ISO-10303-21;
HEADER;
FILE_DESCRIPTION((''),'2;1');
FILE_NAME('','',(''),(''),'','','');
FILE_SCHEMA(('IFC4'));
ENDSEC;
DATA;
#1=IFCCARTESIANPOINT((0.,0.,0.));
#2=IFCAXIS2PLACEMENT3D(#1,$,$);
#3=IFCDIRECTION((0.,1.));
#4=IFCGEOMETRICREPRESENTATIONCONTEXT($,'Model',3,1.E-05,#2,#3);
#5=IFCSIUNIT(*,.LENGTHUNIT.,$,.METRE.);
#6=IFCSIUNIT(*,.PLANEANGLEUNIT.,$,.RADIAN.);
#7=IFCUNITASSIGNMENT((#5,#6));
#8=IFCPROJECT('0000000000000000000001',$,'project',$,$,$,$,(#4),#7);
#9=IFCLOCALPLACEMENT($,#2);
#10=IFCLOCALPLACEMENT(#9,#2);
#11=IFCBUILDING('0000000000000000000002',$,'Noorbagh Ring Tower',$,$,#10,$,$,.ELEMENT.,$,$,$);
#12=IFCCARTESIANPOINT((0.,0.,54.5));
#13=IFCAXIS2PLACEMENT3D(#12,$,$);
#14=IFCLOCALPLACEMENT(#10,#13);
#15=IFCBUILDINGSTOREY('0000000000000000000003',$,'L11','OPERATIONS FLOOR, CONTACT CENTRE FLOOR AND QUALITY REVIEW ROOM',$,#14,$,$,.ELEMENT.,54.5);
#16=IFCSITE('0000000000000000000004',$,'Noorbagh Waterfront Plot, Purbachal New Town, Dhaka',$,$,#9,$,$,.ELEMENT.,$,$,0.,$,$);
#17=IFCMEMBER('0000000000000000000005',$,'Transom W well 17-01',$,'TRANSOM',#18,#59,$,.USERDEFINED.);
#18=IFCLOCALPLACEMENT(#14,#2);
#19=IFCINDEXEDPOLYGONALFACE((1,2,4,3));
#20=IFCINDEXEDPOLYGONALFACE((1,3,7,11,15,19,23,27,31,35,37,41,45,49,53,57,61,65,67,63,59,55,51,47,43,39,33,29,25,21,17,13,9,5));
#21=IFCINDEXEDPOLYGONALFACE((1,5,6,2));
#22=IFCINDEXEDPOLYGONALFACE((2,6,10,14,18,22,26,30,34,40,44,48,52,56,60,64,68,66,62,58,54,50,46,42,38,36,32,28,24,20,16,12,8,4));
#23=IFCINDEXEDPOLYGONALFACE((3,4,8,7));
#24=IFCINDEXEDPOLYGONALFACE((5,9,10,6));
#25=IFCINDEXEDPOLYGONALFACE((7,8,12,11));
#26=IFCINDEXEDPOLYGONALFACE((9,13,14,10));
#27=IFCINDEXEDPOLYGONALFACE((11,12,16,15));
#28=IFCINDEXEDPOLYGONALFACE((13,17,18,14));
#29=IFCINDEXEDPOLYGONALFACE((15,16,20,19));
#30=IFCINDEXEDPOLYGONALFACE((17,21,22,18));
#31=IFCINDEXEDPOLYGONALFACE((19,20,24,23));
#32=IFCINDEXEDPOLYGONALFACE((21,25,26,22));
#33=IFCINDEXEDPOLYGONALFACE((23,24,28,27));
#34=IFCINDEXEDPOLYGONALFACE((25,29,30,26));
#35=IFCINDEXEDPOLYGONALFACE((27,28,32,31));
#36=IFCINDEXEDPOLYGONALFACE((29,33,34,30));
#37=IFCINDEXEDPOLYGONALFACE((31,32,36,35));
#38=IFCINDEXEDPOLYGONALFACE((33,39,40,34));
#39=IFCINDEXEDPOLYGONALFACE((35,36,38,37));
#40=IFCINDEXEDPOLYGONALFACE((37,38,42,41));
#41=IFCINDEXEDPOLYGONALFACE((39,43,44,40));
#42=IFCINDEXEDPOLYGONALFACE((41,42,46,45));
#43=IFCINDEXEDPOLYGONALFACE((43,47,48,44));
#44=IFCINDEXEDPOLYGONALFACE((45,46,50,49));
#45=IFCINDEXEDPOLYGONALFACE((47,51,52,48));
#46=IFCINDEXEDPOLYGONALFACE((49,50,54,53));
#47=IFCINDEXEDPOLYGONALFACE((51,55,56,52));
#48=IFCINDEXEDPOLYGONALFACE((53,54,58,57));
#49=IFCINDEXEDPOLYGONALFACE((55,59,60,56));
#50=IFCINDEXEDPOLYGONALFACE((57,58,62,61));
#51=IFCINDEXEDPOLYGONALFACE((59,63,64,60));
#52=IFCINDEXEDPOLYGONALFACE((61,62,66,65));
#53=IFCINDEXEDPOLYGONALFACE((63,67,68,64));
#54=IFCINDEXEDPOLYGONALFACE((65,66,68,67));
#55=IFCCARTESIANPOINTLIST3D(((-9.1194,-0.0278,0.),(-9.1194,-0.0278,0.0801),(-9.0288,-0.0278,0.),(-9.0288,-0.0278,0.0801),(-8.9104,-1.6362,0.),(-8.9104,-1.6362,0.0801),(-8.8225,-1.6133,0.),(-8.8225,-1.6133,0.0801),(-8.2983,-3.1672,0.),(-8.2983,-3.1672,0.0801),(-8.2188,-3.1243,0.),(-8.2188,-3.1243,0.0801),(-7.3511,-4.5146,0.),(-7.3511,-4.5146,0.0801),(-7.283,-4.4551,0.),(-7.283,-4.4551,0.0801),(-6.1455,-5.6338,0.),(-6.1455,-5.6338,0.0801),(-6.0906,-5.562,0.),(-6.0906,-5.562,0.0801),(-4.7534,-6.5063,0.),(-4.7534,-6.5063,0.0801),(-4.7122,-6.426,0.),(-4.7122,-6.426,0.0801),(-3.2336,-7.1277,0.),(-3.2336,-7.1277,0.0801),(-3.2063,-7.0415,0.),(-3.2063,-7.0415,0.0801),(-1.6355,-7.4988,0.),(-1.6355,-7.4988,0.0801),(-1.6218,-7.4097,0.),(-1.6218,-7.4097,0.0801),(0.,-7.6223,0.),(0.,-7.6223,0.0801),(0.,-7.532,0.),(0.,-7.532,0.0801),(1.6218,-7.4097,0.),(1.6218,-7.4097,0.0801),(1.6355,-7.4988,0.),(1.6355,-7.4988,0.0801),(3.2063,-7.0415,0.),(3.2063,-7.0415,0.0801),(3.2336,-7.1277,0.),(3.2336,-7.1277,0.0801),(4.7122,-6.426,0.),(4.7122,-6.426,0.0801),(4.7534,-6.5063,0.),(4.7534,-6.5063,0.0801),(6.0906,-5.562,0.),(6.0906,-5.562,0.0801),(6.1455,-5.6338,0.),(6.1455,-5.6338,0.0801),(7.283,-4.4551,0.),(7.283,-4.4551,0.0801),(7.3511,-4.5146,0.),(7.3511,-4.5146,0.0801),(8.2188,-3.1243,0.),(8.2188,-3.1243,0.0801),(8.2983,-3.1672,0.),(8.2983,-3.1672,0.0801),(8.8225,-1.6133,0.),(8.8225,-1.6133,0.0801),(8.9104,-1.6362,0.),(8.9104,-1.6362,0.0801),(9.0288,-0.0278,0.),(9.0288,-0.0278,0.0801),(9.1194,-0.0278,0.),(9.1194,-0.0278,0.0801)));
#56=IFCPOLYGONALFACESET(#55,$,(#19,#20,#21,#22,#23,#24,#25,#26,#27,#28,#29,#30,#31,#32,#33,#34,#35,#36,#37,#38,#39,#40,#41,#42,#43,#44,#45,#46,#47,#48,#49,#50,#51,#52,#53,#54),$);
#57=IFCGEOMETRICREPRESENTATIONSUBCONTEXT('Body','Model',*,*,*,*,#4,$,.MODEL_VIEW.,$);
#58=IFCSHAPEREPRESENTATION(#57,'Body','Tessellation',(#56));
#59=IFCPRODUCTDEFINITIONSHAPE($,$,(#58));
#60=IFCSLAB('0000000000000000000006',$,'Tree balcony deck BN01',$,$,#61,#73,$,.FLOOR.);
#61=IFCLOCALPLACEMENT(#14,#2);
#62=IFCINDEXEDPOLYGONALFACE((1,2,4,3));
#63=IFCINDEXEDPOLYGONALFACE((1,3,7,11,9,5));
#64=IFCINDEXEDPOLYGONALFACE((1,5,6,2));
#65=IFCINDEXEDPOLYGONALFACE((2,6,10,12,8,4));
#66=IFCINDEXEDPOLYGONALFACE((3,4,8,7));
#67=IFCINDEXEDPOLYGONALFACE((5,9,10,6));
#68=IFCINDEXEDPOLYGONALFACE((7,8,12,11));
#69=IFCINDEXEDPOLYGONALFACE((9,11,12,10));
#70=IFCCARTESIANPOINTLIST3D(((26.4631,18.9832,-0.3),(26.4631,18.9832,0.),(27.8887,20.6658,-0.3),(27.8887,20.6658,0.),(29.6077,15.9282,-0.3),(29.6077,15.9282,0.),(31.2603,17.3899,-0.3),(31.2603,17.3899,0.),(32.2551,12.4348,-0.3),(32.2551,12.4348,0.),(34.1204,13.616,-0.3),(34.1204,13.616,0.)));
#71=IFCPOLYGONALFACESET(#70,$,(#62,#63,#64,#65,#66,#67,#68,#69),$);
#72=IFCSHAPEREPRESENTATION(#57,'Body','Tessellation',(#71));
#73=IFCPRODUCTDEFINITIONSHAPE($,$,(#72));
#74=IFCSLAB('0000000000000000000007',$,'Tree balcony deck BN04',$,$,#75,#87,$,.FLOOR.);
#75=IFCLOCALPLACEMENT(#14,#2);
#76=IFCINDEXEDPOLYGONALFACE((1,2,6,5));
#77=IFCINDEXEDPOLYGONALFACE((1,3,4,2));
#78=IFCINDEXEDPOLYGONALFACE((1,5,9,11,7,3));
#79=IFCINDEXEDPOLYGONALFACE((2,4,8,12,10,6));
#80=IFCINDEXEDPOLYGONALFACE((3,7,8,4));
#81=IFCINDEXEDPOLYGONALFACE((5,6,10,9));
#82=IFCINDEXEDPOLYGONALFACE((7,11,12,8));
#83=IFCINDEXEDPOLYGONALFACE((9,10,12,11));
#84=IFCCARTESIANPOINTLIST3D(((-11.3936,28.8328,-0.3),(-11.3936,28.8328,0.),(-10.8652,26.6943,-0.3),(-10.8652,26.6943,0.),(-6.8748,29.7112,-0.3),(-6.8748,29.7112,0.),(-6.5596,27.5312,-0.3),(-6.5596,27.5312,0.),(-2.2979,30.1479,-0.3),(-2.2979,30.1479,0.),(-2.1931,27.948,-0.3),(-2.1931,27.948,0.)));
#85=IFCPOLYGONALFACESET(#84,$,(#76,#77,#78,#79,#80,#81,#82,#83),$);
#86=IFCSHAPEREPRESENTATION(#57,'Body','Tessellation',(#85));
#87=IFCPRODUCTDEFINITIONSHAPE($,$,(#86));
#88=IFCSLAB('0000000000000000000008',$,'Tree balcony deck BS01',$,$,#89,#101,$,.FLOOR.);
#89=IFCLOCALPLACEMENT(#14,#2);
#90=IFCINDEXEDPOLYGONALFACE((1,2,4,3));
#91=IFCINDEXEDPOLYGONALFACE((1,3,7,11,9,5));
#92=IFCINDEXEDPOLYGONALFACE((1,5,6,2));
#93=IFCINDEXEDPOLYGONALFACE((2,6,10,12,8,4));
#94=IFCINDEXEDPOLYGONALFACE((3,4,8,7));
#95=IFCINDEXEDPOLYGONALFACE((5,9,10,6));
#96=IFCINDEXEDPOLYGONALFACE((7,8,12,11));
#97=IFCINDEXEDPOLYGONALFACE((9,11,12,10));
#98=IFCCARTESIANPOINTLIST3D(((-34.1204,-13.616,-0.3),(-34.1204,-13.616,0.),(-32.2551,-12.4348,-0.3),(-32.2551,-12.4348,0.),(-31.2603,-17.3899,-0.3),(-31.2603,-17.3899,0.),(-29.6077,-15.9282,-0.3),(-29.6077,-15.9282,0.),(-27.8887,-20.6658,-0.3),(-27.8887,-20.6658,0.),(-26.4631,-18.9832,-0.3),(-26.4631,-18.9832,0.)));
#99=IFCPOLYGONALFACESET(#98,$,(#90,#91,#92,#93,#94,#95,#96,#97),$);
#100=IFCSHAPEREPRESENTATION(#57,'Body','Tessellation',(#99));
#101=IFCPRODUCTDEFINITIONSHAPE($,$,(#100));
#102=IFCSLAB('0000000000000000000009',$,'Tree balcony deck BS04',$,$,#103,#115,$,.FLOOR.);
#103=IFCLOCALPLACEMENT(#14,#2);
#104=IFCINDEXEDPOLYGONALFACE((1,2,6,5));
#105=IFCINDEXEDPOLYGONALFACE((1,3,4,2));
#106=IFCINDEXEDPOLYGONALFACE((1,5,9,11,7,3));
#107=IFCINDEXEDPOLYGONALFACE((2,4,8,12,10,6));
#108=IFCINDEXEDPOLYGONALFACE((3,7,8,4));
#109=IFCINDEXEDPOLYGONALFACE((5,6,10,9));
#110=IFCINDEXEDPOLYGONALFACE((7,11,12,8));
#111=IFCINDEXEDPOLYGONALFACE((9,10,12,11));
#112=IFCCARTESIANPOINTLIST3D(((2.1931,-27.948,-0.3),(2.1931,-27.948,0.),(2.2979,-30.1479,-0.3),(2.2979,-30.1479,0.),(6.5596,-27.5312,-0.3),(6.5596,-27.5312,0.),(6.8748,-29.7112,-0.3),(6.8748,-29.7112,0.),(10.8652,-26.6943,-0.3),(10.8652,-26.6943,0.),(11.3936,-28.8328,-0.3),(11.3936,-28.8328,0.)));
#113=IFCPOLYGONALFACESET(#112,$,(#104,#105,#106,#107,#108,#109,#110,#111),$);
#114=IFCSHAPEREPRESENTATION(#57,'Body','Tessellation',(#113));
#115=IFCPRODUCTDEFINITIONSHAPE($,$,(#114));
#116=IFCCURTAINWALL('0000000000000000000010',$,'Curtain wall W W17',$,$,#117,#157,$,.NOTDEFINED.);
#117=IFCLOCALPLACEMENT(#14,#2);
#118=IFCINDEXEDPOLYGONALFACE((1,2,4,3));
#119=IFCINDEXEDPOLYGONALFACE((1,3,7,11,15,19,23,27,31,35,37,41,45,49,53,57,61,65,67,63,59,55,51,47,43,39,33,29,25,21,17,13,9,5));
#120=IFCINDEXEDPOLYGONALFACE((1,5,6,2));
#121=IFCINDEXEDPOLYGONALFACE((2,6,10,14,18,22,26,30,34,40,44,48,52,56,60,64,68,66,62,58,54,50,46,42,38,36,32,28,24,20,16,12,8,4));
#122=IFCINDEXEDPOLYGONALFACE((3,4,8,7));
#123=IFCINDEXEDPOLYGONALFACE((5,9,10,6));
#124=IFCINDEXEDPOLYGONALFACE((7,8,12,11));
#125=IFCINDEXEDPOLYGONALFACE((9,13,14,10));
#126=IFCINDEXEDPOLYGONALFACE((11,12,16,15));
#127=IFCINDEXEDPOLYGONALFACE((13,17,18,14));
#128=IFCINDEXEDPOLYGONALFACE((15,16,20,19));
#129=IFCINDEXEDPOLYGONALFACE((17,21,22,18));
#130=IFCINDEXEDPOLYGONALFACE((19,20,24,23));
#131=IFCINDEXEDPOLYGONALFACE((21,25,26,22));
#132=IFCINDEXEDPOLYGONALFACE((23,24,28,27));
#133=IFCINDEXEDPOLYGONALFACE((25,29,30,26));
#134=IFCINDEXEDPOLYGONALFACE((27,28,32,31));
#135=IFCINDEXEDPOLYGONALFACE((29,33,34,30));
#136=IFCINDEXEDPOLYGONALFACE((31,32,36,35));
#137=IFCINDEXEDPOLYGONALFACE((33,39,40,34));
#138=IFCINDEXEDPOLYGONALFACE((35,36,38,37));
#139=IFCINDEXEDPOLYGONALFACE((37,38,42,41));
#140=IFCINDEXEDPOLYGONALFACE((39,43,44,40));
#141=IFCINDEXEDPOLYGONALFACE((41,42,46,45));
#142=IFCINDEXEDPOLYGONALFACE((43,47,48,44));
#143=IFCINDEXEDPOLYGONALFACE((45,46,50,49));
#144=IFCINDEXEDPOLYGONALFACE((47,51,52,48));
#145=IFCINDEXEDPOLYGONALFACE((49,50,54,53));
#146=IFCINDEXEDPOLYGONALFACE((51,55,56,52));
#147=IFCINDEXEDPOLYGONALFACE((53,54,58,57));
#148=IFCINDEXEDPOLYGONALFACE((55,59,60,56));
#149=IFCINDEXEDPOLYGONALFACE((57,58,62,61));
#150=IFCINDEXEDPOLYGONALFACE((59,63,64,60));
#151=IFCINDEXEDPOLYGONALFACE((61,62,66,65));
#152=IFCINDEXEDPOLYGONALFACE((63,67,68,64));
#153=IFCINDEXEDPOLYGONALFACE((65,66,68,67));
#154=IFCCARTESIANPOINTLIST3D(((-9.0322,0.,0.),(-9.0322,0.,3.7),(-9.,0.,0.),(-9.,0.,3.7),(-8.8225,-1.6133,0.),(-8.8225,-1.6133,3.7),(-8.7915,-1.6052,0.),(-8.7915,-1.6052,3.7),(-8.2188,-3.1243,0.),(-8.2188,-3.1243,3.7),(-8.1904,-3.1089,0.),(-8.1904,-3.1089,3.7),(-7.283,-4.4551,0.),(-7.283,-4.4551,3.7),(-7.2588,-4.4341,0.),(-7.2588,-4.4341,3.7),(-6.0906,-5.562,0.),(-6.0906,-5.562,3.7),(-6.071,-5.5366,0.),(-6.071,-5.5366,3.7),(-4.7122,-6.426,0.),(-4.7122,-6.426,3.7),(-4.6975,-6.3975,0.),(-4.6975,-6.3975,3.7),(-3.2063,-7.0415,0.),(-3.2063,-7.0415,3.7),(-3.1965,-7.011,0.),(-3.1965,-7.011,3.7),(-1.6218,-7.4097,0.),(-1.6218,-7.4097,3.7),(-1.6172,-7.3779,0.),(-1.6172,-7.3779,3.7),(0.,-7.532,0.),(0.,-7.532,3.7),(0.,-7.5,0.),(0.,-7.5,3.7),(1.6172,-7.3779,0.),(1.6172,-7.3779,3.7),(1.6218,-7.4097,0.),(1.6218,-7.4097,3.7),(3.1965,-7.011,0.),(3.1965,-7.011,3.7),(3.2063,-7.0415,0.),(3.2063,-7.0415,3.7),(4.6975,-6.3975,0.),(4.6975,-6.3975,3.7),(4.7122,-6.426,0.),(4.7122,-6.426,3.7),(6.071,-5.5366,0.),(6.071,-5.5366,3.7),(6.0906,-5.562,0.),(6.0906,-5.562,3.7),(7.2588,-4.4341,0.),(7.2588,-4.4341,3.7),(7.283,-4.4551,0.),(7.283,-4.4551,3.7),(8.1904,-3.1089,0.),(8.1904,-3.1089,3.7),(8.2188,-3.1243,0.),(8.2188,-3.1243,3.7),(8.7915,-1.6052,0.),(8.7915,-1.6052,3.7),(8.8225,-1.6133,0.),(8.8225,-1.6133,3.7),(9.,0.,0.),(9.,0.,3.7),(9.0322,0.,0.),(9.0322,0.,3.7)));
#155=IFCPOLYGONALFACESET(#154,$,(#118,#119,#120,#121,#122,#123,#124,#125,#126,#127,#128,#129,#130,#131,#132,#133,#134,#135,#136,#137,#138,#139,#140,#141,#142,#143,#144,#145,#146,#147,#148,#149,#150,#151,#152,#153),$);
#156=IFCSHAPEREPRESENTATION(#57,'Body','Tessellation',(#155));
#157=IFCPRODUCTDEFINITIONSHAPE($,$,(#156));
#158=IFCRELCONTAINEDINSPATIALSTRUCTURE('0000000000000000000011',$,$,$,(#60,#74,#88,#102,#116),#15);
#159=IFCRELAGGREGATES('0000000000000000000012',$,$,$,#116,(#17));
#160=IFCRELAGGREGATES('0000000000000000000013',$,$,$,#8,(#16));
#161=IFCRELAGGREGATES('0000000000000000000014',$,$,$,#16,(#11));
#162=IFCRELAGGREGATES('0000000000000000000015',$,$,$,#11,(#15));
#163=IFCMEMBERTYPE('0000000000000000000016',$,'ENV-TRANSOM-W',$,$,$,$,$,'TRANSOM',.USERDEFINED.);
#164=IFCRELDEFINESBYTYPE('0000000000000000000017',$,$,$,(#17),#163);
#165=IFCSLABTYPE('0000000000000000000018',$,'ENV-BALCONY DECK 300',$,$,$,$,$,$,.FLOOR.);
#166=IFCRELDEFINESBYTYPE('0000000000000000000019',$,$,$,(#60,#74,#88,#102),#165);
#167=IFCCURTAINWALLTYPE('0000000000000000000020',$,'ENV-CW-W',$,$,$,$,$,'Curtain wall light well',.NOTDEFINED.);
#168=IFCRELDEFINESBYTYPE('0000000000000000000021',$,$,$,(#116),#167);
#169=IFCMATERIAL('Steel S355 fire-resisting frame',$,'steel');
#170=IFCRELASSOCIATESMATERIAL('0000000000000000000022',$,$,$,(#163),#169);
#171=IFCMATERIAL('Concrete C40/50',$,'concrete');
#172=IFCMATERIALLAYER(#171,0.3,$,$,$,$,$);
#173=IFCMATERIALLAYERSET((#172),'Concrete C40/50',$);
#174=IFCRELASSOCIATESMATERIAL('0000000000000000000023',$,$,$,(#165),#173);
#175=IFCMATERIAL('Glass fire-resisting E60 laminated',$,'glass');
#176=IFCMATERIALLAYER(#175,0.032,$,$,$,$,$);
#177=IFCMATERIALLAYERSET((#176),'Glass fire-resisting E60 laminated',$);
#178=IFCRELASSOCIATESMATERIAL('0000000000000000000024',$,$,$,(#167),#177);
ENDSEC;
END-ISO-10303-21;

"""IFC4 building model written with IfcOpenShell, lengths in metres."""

from ifc_helpers import new_model, si_unit, direction, frame, origin, place, context, subcontext, project, spatial, polyline, outline, extrude, material, layer, layer_set, type_object, element, aggregate, save


model = new_model("IFC4")

# Units and contexts
model_context = context("Model", 3, precision=1e-05, world=origin(), true_north=direction((0.0, 1.0)))
body_context = subcontext(model_context, "Body", "Model", "MODEL_VIEW")
ifc_project = project(units=[si_unit("LENGTHUNIT", "METRE"), si_unit("PLANEANGLEUNIT", "RADIAN")], contexts=[model_context])

# Member
site_placement = place(None, origin())
building_placement = place(site_placement, origin())
storey_placement = place(building_placement, frame((0.0, 0.0, 54.5)))
ifc_material_1 = material(Name="Steel S355 fire-resisting frame", Category="steel")
member_type_1 = type_object("IfcMemberType", Name="ENV-TRANSOM-W", ElementType="TRANSOM", PredefinedType="USERDEFINED", material=ifc_material_1)
member_1_placement = place(storey_placement, origin())
member_1 = element("IfcMember", 1, at=member_1_placement, type_object=member_type_1, Name="Transom W well 17-01", ObjectType="TRANSOM", PredefinedType="USERDEFINED", context=body_context, shape_type="SweptSolid", body=[
    extrude(outline(polyline([(-9.1194, -0.0278), (-8.9104, -1.6362), (-8.2983, -3.1672), (-7.3511, -4.5146), (-6.1455, -5.6338), (-4.7534, -6.5063), (-3.2336, -7.1277), (-1.6355, -7.4988), (0.0, -7.6223), (1.6355, -7.4988), (3.2336, -7.1277), (4.7534, -6.5063), (6.1455, -5.6338), (7.3511, -4.5146), (8.2983, -3.1672), (8.9104, -1.6362), (9.1194, -0.0278), (9.0288, -0.0278), (8.8225, -1.6133), (8.2188, -3.1243), (7.283, -4.4551), (6.0906, -5.562), (4.7122, -6.426), (3.2063, -7.0415), (1.6218, -7.4097), (0.0, -7.532), (-1.6218, -7.4097), (-3.2063, -7.0415), (-4.7122, -6.426), (-6.0906, -5.562), (-7.283, -4.4551), (-8.2188, -3.1243), (-8.8225, -1.6133), (-9.0288, -0.0278), (-9.1194, -0.0278)])), origin(), (0.0, 0.0, 1.0), 0.0801),
])

# Site, building, storey
site = spatial("IfcSite", under=ifc_project, at=site_placement, Name="Noorbagh Waterfront Plot, Purbachal New Town, Dhaka", CompositionType="ELEMENT", RefElevation=0.0)
building = spatial("IfcBuilding", under=site, at=building_placement, Name="Noorbagh Ring Tower", CompositionType="ELEMENT")
storey = spatial("IfcBuildingStorey", under=building, at=storey_placement, Name="L11", Description="OPERATIONS FLOOR, CONTACT CENTRE FLOOR AND QUALITY REVIEW ROOM", CompositionType="ELEMENT", Elevation=54.5)

# Slabs
ifc_material_2 = material(Name="Concrete C40/50", Category="concrete")
ifc_layer_1 = layer(ifc_material_2, 0.3)
ifc_layer_set_1 = layer_set([ifc_layer_1], Name="Concrete C40/50")
slab_type = type_object("IfcSlabType", Name="ENV-BALCONY DECK 300", PredefinedType="FLOOR", material=ifc_layer_set_1)
slab_1_placement = place(storey_placement, frame((0.0, 0.0, -0.3)))
element("IfcSlab", 2, at=slab_1_placement, inside=storey, type_object=slab_type, Name="Tree balcony deck BN01", PredefinedType="FLOOR", context=body_context, shape_type="SweptSolid", body=[
    extrude(outline(polyline([(34.1204, 13.616), (31.2603, 17.3899), (27.8887, 20.6658), (26.4631, 18.9832), (29.6077, 15.9282), (32.2551, 12.4348), (34.1204, 13.616)])), origin(), (0.0, 0.0, 1.0), 0.3),
])
slab_2_placement = place(storey_placement, frame((0.0, 0.0, -0.3)))
element("IfcSlab", 3, at=slab_2_placement, inside=storey, type_object=slab_type, Name="Tree balcony deck BN04", PredefinedType="FLOOR", context=body_context, shape_type="SweptSolid", body=[
    extrude(outline(polyline([(-2.2979, 30.1479), (-6.8748, 29.7112), (-11.3936, 28.8328), (-10.8652, 26.6943), (-6.5596, 27.5312), (-2.1931, 27.948), (-2.2979, 30.1479)])), origin(), (0.0, 0.0, 1.0), 0.3),
])
slab_3_placement = place(storey_placement, frame((0.0, 0.0, -0.3)))
element("IfcSlab", 4, at=slab_3_placement, inside=storey, type_object=slab_type, Name="Tree balcony deck BS01", PredefinedType="FLOOR", context=body_context, shape_type="SweptSolid", body=[
    extrude(outline(polyline([(-34.1204, -13.616), (-31.2603, -17.3899), (-27.8887, -20.6658), (-26.4631, -18.9832), (-29.6077, -15.9282), (-32.2551, -12.4348), (-34.1204, -13.616)])), origin(), (0.0, 0.0, 1.0), 0.3),
])
slab_4_placement = place(storey_placement, frame((0.0, 0.0, -0.3)))
element("IfcSlab", 5, at=slab_4_placement, inside=storey, type_object=slab_type, Name="Tree balcony deck BS04", PredefinedType="FLOOR", context=body_context, shape_type="SweptSolid", body=[
    extrude(outline(polyline([(2.2979, -30.1479), (6.8748, -29.7112), (11.3936, -28.8328), (10.8652, -26.6943), (6.5596, -27.5312), (2.1931, -27.948), (2.2979, -30.1479)])), origin(), (0.0, 0.0, 1.0), 0.3),
])

# Curtain wall
ifc_material_3 = material(Name="Glass fire-resisting E60 laminated", Category="glass")
ifc_layer_2 = layer(ifc_material_3, 0.032)
ifc_layer_set_2 = layer_set([ifc_layer_2], Name="Glass fire-resisting E60 laminated")
curtain_wall_type_1 = type_object("IfcCurtainWallType", Name="ENV-CW-W", ElementType="Curtain wall light well", PredefinedType="NOTDEFINED", material=ifc_layer_set_2)
curtain_wall_1_placement = place(storey_placement, origin())
curtain_wall_1 = element("IfcCurtainWall", 6, at=curtain_wall_1_placement, inside=storey, type_object=curtain_wall_type_1, Name="Curtain wall W W17", PredefinedType="NOTDEFINED", context=body_context, shape_type="SweptSolid", body=[
    extrude(outline(polyline([(-9.0322, 0.0), (-8.8225, -1.6133), (-8.2188, -3.1243), (-7.283, -4.4551), (-6.0906, -5.562), (-4.7122, -6.426), (-3.2063, -7.0415), (-1.6218, -7.4097), (0.0, -7.532), (1.6218, -7.4097), (3.2063, -7.0415), (4.7122, -6.426), (6.0906, -5.562), (7.283, -4.4551), (8.2188, -3.1243), (8.8225, -1.6133), (9.0322, 0.0), (9.0, 0.0), (8.7915, -1.6052), (8.1904, -3.1089), (7.2588, -4.4341), (6.071, -5.5366), (4.6975, -6.3975), (3.1965, -7.011), (1.6172, -7.3779), (0.0, -7.5), (-1.6172, -7.3779), (-3.1965, -7.011), (-4.6975, -6.3975), (-6.071, -5.5366), (-7.2588, -4.4341), (-8.1904, -3.1089), (-8.7915, -1.6052), (-9.0, 0.0), (-9.0322, 0.0)])), origin(), (0.0, 0.0, 1.0), 3.7),
])
aggregate(curtain_wall_1, [member_1])

save(model, "model.ifc")
